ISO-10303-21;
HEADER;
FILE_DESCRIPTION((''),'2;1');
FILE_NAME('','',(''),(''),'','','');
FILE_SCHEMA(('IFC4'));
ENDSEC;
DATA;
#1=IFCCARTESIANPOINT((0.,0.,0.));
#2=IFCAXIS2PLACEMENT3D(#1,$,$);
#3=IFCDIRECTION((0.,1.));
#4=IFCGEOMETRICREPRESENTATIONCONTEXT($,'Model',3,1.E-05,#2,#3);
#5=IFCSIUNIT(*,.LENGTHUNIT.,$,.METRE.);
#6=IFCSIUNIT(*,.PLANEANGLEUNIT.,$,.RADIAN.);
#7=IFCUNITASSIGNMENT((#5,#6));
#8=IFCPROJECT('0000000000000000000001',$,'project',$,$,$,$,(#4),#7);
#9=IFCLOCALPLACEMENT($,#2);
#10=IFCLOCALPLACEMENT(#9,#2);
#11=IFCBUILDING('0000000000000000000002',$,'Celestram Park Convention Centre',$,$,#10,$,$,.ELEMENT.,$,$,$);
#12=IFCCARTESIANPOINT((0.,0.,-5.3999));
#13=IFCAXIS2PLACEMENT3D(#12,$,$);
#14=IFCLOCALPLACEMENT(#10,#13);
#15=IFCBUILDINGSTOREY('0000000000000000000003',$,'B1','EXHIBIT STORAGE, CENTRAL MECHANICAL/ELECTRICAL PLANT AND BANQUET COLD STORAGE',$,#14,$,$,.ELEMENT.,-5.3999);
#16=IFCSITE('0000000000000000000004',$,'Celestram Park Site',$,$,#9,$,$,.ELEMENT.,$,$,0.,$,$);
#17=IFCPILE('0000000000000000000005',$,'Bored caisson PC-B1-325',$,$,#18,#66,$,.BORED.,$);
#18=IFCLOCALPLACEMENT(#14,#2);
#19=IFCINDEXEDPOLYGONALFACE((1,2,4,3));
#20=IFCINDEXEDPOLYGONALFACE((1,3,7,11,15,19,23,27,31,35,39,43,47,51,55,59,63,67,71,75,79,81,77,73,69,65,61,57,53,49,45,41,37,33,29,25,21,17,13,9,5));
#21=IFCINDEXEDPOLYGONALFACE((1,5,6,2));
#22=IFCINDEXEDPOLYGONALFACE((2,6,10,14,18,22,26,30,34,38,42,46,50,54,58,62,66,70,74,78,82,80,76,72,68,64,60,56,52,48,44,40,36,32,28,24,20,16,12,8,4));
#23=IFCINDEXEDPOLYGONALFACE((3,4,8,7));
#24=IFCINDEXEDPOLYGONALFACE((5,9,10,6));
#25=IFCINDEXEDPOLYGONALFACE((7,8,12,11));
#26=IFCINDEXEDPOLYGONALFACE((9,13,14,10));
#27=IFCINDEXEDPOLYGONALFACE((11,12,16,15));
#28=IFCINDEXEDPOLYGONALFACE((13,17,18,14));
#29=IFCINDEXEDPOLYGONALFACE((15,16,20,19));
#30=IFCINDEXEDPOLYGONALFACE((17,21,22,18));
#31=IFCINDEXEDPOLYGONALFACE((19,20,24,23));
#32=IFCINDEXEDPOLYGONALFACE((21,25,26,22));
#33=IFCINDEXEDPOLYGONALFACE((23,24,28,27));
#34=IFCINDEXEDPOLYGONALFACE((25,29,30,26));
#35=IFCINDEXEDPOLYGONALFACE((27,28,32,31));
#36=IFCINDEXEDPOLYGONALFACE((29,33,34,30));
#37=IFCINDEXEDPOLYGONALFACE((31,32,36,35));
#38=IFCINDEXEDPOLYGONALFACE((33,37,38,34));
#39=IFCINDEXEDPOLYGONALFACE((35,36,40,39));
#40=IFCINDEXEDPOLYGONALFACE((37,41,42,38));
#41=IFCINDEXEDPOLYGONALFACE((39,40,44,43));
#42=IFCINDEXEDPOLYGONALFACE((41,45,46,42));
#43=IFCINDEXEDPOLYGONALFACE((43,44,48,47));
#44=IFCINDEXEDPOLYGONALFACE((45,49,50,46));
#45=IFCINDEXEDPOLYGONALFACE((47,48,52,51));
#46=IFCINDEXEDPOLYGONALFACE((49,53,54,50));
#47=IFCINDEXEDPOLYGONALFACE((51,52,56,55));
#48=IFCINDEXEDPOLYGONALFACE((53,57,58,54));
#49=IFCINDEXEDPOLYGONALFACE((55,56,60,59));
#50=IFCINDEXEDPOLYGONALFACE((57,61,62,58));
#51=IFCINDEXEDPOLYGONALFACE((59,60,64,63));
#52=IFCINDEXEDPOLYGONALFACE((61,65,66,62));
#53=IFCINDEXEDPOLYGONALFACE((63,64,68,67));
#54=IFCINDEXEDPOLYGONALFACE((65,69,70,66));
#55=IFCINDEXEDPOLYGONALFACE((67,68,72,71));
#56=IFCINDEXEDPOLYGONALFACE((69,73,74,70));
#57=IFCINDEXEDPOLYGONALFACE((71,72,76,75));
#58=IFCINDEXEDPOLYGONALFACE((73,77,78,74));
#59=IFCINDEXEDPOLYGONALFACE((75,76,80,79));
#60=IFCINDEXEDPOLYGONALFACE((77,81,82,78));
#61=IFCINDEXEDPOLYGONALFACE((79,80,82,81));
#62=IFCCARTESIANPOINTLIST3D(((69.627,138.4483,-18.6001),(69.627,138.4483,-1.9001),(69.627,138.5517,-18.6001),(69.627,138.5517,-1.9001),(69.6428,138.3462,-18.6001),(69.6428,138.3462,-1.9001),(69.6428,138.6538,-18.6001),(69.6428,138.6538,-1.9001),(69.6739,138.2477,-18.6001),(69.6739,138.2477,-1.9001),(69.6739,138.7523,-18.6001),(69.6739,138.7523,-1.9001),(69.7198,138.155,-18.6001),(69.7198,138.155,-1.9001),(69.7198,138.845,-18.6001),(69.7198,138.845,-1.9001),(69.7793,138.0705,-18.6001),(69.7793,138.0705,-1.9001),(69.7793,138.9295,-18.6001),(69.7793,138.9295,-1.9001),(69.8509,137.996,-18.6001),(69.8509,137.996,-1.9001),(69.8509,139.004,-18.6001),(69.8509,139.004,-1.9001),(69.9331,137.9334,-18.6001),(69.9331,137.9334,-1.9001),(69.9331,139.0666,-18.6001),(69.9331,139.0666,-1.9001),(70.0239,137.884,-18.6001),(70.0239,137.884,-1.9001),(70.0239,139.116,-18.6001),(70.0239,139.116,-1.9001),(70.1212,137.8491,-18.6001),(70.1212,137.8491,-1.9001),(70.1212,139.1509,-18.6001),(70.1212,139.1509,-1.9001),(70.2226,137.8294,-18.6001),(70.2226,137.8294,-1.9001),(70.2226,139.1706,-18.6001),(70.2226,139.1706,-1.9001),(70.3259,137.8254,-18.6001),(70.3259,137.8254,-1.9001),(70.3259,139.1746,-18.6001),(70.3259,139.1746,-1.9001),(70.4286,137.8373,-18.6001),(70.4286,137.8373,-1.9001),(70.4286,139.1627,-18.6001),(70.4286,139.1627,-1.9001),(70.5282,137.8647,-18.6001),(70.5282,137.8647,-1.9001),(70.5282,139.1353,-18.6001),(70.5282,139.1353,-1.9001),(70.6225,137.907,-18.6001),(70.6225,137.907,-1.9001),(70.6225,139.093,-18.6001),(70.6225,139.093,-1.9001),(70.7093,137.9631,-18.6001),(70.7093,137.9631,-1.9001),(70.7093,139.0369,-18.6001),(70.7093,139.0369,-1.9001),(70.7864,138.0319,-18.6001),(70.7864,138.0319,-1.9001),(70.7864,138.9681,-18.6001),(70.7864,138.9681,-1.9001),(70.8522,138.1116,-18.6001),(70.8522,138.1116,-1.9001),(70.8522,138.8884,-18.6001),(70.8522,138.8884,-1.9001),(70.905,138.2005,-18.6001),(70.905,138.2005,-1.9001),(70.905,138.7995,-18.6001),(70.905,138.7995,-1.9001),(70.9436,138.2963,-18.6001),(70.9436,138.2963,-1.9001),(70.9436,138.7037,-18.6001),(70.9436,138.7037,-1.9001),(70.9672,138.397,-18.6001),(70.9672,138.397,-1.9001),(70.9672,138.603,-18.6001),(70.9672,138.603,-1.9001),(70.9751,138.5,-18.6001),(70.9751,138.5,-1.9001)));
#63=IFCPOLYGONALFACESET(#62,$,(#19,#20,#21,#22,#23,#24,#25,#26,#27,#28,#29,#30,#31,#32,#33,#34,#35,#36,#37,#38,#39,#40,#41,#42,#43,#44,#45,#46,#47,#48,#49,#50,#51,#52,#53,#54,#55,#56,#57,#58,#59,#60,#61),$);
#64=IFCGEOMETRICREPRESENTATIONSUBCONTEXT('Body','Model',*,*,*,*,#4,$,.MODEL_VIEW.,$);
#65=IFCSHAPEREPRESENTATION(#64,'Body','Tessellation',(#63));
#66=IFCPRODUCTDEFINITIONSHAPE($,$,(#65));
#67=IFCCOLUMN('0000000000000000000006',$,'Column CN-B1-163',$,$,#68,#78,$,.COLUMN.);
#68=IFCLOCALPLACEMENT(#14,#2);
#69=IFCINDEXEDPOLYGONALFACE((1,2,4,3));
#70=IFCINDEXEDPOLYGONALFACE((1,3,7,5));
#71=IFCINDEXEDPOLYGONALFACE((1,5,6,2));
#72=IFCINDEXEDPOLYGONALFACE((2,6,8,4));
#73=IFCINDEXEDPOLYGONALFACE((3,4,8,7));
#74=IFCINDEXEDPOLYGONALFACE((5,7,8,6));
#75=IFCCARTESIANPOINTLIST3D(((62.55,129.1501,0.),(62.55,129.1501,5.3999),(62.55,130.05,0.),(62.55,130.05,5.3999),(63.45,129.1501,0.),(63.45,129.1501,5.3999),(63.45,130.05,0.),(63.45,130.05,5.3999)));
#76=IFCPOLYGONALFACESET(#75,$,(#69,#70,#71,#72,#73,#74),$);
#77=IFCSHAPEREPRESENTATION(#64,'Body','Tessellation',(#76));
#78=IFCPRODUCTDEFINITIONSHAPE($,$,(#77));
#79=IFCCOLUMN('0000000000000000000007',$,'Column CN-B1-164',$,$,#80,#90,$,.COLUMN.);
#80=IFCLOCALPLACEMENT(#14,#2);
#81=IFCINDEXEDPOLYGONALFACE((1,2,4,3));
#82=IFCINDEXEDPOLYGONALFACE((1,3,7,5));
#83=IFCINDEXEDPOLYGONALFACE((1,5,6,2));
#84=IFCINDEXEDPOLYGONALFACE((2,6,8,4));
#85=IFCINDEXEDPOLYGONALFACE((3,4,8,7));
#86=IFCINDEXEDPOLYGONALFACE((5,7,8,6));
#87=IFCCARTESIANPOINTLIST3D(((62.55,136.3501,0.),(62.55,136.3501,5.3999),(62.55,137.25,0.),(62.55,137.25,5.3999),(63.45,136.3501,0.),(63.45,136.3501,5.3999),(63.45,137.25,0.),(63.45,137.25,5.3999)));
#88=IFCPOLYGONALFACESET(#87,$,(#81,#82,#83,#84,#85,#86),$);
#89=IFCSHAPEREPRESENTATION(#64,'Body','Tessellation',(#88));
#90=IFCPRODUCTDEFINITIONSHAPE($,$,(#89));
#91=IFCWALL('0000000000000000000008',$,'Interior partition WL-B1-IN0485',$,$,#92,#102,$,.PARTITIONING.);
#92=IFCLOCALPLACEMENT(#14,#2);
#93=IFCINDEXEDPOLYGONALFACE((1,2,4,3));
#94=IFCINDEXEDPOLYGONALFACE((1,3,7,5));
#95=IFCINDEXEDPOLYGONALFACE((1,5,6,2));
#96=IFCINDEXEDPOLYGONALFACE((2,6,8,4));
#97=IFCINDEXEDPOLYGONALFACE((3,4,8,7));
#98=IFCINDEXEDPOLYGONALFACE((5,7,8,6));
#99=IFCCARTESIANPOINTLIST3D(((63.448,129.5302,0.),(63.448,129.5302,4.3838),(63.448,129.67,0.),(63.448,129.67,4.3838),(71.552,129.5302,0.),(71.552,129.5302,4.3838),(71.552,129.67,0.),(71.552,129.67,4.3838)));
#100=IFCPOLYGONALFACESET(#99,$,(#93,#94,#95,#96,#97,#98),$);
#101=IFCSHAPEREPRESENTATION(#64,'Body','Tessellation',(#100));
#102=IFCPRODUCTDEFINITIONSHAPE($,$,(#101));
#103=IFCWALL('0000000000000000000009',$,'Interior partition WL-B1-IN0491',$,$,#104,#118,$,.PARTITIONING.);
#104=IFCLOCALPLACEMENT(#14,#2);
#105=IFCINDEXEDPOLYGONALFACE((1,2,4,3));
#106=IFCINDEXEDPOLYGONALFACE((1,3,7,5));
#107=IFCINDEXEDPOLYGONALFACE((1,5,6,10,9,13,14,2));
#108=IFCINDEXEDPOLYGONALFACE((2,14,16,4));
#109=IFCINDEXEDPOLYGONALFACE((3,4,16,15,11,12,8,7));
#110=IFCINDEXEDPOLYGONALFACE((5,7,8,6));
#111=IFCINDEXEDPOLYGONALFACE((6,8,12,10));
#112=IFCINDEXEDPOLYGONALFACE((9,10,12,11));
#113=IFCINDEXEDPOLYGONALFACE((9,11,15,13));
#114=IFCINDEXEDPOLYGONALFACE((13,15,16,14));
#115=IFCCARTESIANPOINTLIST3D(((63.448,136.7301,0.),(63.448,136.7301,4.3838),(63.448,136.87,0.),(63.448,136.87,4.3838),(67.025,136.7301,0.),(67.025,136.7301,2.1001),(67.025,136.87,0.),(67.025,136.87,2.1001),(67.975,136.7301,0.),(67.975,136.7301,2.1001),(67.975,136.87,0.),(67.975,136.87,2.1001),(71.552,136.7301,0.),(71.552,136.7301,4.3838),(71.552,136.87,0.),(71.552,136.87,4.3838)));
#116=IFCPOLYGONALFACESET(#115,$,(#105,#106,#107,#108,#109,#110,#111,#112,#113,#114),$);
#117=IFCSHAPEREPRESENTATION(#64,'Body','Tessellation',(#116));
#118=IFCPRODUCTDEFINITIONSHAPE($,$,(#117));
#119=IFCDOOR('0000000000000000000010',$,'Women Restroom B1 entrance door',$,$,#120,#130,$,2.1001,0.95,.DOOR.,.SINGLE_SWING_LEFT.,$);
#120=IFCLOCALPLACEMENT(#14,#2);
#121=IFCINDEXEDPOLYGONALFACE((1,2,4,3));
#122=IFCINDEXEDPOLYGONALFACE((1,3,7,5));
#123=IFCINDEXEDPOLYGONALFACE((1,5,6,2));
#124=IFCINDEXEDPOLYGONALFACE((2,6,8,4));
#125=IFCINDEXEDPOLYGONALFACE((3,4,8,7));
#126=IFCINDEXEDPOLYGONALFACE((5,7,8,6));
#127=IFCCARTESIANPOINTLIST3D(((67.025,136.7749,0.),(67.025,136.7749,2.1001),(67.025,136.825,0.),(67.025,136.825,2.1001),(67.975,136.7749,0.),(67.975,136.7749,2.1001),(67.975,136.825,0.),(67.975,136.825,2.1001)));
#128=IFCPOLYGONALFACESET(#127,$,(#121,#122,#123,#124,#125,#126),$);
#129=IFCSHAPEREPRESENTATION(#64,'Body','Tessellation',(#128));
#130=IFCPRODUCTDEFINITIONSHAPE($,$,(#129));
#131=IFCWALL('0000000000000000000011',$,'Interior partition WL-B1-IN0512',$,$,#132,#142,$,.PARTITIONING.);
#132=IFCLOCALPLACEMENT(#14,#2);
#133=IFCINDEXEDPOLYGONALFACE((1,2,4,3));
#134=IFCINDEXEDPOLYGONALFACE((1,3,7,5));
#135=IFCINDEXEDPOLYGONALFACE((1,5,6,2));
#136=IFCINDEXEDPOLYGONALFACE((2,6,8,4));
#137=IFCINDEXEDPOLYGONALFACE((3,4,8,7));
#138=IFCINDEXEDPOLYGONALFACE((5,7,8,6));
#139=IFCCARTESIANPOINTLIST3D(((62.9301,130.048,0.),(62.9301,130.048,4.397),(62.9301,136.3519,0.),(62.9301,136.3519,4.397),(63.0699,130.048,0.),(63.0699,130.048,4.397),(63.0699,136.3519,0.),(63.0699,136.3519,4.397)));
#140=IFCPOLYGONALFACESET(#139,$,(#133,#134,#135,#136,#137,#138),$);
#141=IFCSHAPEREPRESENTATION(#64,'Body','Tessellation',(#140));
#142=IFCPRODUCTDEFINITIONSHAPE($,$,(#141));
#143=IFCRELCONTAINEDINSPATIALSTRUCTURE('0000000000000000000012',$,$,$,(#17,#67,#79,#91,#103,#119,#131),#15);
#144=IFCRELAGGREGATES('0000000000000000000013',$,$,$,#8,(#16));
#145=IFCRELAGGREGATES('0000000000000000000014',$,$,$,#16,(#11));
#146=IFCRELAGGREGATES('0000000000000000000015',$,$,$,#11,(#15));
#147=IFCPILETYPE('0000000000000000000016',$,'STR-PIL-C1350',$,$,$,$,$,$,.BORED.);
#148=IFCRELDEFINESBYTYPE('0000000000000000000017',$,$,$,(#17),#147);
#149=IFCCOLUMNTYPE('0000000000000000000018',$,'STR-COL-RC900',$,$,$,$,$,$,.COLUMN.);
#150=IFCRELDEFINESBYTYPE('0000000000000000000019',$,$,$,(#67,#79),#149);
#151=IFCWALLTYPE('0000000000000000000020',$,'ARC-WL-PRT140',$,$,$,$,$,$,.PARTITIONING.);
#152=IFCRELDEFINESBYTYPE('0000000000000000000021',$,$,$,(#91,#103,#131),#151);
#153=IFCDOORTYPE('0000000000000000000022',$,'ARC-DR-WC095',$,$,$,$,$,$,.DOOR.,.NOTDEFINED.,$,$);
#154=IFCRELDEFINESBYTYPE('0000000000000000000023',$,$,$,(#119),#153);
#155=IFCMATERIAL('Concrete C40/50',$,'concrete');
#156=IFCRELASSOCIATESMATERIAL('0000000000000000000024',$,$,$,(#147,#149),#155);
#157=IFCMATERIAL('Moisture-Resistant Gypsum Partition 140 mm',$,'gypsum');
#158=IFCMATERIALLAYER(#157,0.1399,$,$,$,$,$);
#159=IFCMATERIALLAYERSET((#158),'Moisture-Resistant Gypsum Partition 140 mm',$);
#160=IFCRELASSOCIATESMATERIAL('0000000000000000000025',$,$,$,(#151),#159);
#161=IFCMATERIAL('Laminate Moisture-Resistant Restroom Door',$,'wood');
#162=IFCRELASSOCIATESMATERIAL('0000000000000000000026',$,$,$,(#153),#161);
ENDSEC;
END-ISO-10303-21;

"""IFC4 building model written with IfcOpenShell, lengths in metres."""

from ifc_helpers import new_model, si_unit, direction, frame, frame_2d, origin, origin_2d, place, context, subcontext, project, spatial, rectangle, circle, extrude, material, layer, layer_set, material_profile, profile_set, type_object, element, fill, save


model = new_model("IFC4")

# Units and contexts
model_context = context("Model", 3, precision=1e-05, world=origin(), true_north=direction((0.0, 1.0)))
body_context = subcontext(model_context, "Body", "Model", "MODEL_VIEW")
ifc_project = project(units=[si_unit("LENGTHUNIT", "METRE"), si_unit("PLANEANGLEUNIT", "RADIAN")], contexts=[model_context])

# Site, building, storey
site_placement = place(None, origin())
site = spatial("IfcSite", under=ifc_project, at=site_placement, Name="Celestram Park Site", CompositionType="ELEMENT", RefElevation=0.0)
building_placement = place(site_placement, origin())
building = spatial("IfcBuilding", under=site, at=building_placement, Name="Celestram Park Convention Centre", CompositionType="ELEMENT")
storey_placement = place(building_placement, frame((0.0, 0.0, -5.3999)))
storey = spatial("IfcBuildingStorey", under=building, at=storey_placement, Name="B1", Description="EXHIBIT STORAGE, CENTRAL MECHANICAL/ELECTRICAL PLANT AND BANQUET COLD STORAGE", CompositionType="ELEMENT", Elevation=-5.3999)

# Shared definitions
ifc_material_1 = material(Name="Concrete C40/50", Category="concrete")

# Pile
ifc_material_profile_1 = material_profile(ifc_material_1, circle(Radius=0.675, at=origin_2d()), Name="CAISSON1350")
ifc_profile_set_1 = profile_set([ifc_material_profile_1], Name="Concrete C40/50")
pile_type = type_object("IfcPileType", Name="STR-PIL-C1350", PredefinedType="BORED", material=ifc_profile_set_1)
for number, where, z_axis, x_axis, name in (
    (1, (70.3, 138.5, -1.9001), (0.0, 0.0, -1.0), (1.0, 0.0, 0.0), "Bored caisson PC-B1-325"),
):
    element("IfcPile", number, at=place(storey_placement, frame(where, z_axis=z_axis, x_axis=x_axis)), inside=storey, type_object=pile_type, Name=name, PredefinedType="BORED", context=body_context, shape_type="SweptSolid", body=[
        extrude(circle(Radius=0.675, at=origin_2d()), origin(), (0.0, 0.0, 1.0), 16.7),
    ])

# Columns
ifc_material_profile_2 = material_profile(ifc_material_1, rectangle(XDim=0.8999, YDim=0.8999, at=origin_2d()), Name="RC900X900")
ifc_profile_set_2 = profile_set([ifc_material_profile_2], Name="Concrete C40/50")
column_type = type_object("IfcColumnType", Name="STR-COL-RC900", PredefinedType="COLUMN", material=ifc_profile_set_2)
for number, where, z_axis, x_axis, name in (
    (2, (63.0, 129.6001, 0.0), (0.0, 0.0, 1.0), (1.0, 0.0, 0.0), "Column CN-B1-163"),
    (3, (63.0, 136.8, 0.0), (0.0, 0.0, 1.0), (1.0, 0.0, 0.0), "Column CN-B1-164"),
):
    element("IfcColumn", number, at=place(storey_placement, frame(where, z_axis=z_axis, x_axis=x_axis)), inside=storey, type_object=column_type, Name=name, PredefinedType="COLUMN", context=body_context, shape_type="SweptSolid", body=[
        extrude(rectangle(XDim=0.8999, YDim=0.8999, at=origin_2d()), origin(), (0.0, 0.0, 1.0), 5.3999),
    ])

# Wall
ifc_material_2 = material(Name="Moisture-Resistant Gypsum Partition 140 mm", Category="gypsum")
ifc_layer = layer(ifc_material_2, 0.1399)
ifc_layer_set = layer_set([ifc_layer], Name="Moisture-Resistant Gypsum Partition 140 mm")
wall_type = type_object("IfcWallType", Name="ARC-WL-PRT140", PredefinedType="PARTITIONING", material=ifc_layer_set)
wall_1_placement = place(storey_placement, frame((63.448, 129.6001, 0.0), z_axis=(0.0, 0.0, 1.0), x_axis=(1.0, 0.0, 0.0)))
element("IfcWall", 4, at=wall_1_placement, inside=storey, type_object=wall_type, Name="Interior partition WL-B1-IN0485", PredefinedType="PARTITIONING", context=body_context, shape_type="SweptSolid", body=[
    extrude(rectangle(XDim=8.104, YDim=0.1399, at=frame_2d((4.052, 0.0))), origin(), (0.0, 0.0, 1.0), 4.3838),
])

# Wall, opening, door
wall_2_placement = place(storey_placement, frame((63.448, 136.8, 0.0), z_axis=(0.0, 0.0, 1.0), x_axis=(1.0, 0.0, 0.0)))
wall_2 = element("IfcWall", 5, at=wall_2_placement, inside=storey, type_object=wall_type, Name="Interior partition WL-B1-IN0491", PredefinedType="PARTITIONING", context=body_context, shape_type="SweptSolid", body=[
    extrude(rectangle(XDim=8.104, YDim=0.1399, at=frame_2d((4.052, 0.0))), origin(), (0.0, 0.0, 1.0), 4.3838),
])
opening_placement = place(wall_2_placement, frame((3.5769, 0.0, 0.0)))
opening = element("IfcOpeningElement", 6, at=opening_placement, cuts=wall_2, PredefinedType="OPENING", context=body_context, shape_type="SweptSolid", body=[
    extrude(rectangle(XDim=0.95, YDim=2.1001, at=frame_2d((0.4751, 1.05))), frame((0.0, 0.0798, 0.0), z_axis=(0.0, -1.0, 0.0), x_axis=(1.0, 0.0, 0.0)), (0.0, 0.0, 1.0), 0.1599),
])
ifc_material_3 = material(Name="Laminate Moisture-Resistant Restroom Door", Category="wood")
door_type = type_object("IfcDoorType", Name="ARC-DR-WC095", OperationType="NOTDEFINED", PredefinedType="DOOR", material=ifc_material_3)
door_placement = place(opening_placement, origin())
door = element("IfcDoor", 7, at=door_placement, inside=storey, type_object=door_type, Name="Women Restroom B1 entrance door", OperationType="SINGLE_SWING_LEFT", OverallHeight=2.1001, OverallWidth=0.95, PredefinedType="DOOR", context=body_context, shape_type="SweptSolid", body=[
    extrude(rectangle(XDim=0.95, YDim=2.1001, at=frame_2d((0.4751, 1.05))), frame((0.0, 0.0249, 0.0), z_axis=(0.0, -1.0, 0.0), x_axis=(1.0, 0.0, 0.0)), (0.0, 0.0, 1.0), 0.05),
])
fill(opening, door)

# Wall
wall_3_placement = place(storey_placement, frame((63.0, 130.0481, 0.0), z_axis=(0.0, 0.0, 1.0), x_axis=(0.0, 1.0, 0.0)))
element("IfcWall", 8, at=wall_3_placement, inside=storey, type_object=wall_type, Name="Interior partition WL-B1-IN0512", PredefinedType="PARTITIONING", context=body_context, shape_type="SweptSolid", body=[
    extrude(rectangle(XDim=6.304, YDim=0.1399, at=frame_2d((3.1519, 0.0))), origin(), (0.0, 0.0, 1.0), 4.397),
])

save(model, "model.ifc")
